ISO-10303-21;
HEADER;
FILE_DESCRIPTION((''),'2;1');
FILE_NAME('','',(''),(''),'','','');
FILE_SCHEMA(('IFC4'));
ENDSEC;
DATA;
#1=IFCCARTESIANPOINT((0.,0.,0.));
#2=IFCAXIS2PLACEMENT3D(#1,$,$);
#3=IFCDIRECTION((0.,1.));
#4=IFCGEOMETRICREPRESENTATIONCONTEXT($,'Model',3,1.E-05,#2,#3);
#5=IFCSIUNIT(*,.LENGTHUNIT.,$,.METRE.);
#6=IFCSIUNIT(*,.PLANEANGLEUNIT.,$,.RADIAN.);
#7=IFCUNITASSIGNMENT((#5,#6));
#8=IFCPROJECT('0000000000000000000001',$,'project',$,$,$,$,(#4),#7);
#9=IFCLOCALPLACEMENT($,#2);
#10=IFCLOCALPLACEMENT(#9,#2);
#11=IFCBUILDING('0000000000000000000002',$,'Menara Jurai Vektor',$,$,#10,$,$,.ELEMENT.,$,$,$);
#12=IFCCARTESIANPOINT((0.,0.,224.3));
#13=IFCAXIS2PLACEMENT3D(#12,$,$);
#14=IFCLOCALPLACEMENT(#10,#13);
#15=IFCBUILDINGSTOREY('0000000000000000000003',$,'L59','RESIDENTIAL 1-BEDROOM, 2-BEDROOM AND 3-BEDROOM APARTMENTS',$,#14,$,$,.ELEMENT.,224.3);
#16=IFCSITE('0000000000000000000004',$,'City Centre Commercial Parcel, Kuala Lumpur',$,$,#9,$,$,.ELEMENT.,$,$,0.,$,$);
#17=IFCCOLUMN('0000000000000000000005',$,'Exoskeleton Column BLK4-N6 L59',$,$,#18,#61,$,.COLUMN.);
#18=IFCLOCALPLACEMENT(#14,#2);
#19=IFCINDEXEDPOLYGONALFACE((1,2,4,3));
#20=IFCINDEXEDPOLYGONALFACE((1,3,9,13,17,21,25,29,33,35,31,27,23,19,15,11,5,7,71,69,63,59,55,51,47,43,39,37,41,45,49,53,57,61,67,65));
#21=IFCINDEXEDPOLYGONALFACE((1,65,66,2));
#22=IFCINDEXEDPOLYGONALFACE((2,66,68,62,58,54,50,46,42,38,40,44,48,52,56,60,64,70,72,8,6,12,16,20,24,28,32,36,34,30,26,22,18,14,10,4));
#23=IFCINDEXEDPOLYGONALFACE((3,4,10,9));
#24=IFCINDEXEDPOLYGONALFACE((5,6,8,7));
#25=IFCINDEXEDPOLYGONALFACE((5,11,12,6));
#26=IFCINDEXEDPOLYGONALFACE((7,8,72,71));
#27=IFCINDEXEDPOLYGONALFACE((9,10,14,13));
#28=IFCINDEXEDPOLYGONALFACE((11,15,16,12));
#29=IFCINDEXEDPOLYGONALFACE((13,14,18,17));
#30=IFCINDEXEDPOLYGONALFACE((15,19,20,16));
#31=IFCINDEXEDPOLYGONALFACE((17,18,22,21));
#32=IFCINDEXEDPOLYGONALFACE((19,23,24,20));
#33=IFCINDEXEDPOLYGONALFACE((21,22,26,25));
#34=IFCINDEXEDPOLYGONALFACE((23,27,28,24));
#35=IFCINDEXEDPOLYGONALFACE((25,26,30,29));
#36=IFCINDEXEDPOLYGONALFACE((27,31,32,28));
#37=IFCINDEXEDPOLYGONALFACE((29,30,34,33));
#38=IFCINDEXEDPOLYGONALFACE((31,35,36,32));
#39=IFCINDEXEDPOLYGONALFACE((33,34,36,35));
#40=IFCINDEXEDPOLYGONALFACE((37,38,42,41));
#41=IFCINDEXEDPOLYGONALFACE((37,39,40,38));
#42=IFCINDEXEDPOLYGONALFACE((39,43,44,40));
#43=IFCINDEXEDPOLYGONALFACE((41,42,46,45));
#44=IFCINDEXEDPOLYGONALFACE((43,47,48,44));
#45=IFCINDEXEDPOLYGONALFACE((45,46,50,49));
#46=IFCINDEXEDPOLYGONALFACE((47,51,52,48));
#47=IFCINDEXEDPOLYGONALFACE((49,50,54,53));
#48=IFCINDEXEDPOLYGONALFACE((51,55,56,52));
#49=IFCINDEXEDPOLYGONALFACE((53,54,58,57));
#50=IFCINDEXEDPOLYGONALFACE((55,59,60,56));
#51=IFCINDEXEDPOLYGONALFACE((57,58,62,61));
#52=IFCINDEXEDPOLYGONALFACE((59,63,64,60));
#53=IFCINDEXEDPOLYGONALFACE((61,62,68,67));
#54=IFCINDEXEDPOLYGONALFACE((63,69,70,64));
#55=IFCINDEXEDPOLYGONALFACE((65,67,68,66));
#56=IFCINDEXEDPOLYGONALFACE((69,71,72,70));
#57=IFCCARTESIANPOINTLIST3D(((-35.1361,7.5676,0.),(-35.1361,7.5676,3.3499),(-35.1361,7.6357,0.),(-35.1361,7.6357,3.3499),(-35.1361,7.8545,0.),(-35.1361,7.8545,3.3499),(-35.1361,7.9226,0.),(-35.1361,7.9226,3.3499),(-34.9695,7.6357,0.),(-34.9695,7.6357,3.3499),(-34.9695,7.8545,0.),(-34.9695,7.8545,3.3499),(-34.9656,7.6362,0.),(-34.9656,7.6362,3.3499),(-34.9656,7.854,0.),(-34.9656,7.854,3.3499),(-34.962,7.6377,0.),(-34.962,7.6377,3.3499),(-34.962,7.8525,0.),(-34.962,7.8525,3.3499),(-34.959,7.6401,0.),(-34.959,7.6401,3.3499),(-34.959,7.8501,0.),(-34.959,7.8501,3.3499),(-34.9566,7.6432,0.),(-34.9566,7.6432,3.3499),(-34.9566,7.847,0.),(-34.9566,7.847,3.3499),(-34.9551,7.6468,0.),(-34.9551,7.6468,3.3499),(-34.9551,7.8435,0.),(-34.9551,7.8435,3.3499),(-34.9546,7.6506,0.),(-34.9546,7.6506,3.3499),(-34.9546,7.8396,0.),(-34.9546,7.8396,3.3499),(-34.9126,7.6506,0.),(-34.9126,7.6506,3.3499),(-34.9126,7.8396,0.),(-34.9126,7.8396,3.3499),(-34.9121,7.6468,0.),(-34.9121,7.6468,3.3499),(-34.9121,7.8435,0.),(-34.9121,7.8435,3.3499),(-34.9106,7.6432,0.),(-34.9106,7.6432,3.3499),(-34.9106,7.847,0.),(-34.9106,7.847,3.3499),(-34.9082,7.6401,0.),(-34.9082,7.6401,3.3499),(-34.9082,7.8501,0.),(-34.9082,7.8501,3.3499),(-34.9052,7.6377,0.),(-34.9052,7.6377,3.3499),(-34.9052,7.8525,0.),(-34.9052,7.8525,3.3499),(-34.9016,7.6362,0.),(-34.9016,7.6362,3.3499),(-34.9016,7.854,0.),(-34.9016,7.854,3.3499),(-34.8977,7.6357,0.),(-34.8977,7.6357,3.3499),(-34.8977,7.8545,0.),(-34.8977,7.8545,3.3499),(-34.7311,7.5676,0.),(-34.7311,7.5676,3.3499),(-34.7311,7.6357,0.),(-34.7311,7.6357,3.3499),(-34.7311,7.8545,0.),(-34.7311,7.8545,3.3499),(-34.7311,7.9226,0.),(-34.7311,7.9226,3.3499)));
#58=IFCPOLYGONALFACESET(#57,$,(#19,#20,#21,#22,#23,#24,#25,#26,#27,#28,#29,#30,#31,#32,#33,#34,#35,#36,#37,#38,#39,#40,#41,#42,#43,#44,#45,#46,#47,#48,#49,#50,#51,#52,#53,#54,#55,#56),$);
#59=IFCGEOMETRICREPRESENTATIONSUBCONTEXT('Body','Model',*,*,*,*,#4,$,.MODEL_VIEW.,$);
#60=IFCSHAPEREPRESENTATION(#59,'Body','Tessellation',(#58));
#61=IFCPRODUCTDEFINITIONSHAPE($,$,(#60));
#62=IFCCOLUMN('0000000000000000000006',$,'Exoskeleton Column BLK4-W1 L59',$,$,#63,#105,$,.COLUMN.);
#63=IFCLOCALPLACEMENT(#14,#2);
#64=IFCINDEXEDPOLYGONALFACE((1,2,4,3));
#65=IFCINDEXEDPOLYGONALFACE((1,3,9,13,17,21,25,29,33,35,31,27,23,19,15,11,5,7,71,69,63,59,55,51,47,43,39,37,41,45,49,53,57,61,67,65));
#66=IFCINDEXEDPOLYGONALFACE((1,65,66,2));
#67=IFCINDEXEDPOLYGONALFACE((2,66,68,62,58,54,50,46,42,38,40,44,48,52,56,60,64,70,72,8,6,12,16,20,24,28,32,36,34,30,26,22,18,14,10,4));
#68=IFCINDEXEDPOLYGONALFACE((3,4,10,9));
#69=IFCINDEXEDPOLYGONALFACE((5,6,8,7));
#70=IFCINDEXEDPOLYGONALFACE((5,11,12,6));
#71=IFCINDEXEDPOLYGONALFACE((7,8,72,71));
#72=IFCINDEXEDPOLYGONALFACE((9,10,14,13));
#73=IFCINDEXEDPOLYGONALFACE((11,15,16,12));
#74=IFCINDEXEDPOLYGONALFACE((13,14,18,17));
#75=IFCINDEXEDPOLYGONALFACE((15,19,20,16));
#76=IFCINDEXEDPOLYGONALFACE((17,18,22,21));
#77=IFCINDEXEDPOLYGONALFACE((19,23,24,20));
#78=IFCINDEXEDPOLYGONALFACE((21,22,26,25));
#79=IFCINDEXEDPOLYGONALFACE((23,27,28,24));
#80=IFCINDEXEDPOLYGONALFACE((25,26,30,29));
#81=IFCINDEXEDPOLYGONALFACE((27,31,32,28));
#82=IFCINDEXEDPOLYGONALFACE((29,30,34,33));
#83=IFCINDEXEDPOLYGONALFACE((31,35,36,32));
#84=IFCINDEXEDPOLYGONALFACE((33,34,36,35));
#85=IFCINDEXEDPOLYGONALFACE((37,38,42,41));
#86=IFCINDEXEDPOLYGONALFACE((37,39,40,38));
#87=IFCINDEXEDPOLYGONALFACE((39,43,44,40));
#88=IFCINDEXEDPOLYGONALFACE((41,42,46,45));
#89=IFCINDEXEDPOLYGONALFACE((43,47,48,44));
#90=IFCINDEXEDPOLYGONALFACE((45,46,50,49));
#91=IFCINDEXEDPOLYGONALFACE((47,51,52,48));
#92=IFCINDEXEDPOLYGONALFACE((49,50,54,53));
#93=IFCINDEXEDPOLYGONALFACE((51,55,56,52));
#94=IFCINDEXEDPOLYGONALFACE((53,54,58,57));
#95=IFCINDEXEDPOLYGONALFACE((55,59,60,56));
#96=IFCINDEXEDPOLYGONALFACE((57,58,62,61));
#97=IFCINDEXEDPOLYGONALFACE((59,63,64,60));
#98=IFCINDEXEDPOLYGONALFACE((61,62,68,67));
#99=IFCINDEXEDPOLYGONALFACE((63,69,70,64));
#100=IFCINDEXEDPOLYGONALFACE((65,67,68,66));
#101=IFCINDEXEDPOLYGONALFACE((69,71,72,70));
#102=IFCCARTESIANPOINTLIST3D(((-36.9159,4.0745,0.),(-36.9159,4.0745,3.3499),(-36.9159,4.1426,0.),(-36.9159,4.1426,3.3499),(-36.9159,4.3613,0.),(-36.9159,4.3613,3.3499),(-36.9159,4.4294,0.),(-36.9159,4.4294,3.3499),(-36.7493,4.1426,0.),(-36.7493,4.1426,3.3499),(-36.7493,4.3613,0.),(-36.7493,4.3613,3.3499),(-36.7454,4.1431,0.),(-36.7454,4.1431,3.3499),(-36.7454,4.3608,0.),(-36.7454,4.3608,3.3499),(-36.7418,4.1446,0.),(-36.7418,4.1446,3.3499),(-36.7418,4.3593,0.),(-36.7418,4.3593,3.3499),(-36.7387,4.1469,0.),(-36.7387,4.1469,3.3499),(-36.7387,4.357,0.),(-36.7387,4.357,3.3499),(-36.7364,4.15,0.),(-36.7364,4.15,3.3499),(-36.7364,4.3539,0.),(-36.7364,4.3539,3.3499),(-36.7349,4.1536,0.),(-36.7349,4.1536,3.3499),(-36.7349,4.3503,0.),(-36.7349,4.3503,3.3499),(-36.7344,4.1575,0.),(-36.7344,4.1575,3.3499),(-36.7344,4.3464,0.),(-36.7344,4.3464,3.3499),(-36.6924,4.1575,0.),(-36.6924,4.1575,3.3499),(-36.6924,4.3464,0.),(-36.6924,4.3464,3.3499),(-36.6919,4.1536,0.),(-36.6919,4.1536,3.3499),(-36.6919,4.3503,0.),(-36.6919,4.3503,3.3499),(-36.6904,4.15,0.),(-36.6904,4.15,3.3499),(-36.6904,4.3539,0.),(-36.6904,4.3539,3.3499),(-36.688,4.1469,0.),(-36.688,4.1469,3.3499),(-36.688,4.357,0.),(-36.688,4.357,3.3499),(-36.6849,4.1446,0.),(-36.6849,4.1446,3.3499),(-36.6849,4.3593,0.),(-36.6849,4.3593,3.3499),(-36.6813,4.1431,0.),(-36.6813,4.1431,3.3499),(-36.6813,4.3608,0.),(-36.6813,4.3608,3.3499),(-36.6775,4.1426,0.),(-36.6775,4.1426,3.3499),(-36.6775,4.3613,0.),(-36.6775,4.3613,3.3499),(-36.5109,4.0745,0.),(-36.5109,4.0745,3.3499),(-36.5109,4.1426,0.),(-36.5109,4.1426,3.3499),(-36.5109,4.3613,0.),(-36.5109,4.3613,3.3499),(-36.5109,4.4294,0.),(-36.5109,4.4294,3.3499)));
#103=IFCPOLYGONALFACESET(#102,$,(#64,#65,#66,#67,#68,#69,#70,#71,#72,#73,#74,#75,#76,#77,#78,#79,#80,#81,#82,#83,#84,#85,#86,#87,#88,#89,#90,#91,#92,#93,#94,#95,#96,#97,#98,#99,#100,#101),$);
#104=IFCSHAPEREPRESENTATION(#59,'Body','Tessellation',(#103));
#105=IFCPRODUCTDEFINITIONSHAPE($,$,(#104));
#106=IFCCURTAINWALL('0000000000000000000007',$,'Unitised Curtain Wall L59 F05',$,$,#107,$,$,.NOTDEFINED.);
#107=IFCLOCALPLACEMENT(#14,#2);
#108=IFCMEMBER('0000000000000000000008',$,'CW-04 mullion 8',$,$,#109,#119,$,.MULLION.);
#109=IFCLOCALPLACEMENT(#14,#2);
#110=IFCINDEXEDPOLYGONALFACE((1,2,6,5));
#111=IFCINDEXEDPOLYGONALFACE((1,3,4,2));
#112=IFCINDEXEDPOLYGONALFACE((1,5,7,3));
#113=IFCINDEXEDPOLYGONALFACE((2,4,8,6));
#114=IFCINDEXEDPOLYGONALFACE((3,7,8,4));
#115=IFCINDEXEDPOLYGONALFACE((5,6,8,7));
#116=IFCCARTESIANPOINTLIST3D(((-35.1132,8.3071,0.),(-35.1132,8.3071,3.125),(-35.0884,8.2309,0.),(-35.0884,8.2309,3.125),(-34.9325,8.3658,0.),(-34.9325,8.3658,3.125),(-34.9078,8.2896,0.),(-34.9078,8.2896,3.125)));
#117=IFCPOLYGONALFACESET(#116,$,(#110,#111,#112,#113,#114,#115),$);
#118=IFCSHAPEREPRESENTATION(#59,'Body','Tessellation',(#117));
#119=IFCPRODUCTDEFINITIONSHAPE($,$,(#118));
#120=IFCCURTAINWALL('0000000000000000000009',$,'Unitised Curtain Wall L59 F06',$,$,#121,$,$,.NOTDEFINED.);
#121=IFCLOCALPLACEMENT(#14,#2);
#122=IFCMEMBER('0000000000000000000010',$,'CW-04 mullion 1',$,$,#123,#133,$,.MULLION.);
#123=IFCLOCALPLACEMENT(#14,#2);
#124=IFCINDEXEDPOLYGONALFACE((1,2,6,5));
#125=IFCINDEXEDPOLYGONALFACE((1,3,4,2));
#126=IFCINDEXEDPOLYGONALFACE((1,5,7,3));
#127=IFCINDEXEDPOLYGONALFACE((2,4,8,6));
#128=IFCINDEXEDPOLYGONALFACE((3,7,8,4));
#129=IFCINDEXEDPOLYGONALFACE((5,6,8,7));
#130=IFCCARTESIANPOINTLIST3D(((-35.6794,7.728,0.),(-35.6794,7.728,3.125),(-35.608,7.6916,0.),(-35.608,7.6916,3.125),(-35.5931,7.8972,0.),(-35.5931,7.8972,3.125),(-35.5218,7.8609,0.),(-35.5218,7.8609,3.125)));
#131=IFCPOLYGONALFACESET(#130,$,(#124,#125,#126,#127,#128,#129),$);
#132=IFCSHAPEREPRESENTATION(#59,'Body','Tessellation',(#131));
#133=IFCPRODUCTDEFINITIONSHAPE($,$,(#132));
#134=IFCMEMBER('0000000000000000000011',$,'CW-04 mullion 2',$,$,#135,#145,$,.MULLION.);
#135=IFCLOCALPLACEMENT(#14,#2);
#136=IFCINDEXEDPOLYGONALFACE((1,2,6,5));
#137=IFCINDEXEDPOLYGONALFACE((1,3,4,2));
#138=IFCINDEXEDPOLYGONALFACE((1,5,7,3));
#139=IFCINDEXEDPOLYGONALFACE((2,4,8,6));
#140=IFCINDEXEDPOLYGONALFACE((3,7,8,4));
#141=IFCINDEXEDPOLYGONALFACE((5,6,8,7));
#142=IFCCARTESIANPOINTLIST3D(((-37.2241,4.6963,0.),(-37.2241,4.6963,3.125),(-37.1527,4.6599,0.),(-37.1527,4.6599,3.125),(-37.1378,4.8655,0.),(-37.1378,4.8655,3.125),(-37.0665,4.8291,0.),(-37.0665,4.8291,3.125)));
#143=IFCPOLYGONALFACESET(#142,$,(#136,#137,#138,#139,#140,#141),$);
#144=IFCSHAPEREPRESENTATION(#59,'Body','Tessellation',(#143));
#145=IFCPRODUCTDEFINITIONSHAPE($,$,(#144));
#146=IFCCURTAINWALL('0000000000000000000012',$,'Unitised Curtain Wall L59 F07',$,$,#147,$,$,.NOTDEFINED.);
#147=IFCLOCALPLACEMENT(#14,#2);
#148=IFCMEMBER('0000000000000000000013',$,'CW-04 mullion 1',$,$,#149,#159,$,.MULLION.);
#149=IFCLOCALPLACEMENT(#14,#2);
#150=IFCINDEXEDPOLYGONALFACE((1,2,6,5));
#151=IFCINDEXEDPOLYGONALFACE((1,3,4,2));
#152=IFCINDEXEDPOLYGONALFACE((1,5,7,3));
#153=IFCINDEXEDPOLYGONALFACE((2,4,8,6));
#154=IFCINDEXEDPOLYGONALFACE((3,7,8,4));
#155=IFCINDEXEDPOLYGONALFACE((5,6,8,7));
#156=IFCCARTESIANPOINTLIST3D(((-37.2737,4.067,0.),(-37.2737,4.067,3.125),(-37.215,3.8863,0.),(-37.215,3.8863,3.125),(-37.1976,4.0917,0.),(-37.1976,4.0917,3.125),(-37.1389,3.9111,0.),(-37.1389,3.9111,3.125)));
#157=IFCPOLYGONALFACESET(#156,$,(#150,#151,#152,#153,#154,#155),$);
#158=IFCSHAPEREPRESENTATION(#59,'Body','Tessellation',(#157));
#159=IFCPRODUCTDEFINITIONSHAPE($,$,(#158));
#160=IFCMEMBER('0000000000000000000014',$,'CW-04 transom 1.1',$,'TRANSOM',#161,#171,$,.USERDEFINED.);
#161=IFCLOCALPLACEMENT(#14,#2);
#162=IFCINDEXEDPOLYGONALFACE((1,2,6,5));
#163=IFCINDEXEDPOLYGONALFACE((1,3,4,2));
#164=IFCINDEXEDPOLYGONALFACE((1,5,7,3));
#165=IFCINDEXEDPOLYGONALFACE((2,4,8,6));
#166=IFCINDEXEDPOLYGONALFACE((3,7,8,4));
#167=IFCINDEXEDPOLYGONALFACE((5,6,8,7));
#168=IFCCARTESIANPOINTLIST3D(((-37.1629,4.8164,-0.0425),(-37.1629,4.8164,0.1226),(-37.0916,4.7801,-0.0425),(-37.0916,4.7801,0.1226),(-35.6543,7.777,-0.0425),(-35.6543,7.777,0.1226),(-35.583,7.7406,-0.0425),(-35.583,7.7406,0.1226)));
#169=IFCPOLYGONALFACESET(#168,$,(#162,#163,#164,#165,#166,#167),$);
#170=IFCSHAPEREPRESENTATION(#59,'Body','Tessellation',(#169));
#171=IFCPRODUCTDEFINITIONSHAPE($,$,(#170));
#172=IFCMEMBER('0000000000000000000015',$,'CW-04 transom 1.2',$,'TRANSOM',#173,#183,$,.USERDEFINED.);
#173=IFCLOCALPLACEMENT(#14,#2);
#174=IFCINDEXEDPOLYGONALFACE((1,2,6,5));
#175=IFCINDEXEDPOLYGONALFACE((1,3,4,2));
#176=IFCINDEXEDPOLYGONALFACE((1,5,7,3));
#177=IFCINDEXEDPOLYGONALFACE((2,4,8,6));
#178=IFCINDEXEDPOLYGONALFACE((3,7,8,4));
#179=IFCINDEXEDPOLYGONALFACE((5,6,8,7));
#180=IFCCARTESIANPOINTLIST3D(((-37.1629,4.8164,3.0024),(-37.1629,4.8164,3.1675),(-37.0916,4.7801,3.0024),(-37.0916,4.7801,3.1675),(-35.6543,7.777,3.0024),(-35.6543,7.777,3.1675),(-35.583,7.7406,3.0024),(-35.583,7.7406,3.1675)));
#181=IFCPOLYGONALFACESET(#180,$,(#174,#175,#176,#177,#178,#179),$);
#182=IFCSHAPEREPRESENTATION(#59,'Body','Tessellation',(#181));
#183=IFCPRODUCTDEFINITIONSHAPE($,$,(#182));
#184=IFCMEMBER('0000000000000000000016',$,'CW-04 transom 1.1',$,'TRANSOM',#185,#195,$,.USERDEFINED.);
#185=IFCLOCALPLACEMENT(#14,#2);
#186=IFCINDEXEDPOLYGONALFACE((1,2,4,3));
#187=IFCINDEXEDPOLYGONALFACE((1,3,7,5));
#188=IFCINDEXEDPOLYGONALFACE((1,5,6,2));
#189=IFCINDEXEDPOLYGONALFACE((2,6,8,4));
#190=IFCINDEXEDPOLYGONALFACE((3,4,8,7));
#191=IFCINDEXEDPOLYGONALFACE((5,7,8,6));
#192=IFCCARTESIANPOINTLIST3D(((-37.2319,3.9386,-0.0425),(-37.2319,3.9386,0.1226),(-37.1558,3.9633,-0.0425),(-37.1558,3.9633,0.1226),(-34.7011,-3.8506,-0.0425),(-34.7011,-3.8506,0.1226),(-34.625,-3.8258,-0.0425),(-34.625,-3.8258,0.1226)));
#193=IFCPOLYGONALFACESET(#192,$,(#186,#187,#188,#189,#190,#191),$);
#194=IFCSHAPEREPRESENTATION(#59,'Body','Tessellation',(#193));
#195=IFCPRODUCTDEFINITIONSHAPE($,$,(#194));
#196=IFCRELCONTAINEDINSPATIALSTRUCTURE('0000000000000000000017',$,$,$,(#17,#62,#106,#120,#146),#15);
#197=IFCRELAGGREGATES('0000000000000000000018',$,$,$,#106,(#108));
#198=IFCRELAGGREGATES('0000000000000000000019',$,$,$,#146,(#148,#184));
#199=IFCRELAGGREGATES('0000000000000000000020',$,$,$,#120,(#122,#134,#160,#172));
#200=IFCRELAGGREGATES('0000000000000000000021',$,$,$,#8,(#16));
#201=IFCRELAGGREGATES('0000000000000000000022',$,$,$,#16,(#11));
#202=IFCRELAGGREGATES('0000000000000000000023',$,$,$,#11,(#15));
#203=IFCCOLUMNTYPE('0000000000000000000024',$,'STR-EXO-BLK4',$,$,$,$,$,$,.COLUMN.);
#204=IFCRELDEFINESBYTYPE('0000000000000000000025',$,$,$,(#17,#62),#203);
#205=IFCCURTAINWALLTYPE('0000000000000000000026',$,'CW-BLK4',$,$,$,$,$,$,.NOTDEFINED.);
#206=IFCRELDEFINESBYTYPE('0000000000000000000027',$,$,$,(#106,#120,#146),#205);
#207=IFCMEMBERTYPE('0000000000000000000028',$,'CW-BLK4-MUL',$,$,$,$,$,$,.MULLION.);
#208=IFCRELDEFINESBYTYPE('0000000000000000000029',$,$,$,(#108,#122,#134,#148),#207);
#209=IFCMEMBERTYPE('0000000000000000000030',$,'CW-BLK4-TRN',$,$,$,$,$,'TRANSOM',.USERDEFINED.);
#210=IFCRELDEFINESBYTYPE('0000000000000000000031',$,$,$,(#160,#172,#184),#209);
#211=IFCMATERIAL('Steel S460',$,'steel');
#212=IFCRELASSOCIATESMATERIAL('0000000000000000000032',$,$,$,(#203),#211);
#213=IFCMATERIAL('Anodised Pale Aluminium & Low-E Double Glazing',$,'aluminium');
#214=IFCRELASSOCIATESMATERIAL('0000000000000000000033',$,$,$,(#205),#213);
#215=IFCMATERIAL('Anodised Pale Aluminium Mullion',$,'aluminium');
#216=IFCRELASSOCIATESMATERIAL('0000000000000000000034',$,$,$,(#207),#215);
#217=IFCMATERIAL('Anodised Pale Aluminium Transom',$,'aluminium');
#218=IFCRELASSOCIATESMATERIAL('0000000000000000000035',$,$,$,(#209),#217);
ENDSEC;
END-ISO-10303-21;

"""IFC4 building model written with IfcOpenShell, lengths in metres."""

from ifc_helpers import new_model, si_unit, direction, frame, origin, origin_2d, place, context, subcontext, project, spatial, rectangle, i_section, extrude, material, material_profile, profile_set, type_object, element, aggregate, save


model = new_model("IFC4")

# Units and contexts
model_context = context("Model", 3, precision=1e-05, world=origin(), true_north=direction((0.0, 1.0)))
body_context = subcontext(model_context, "Body", "Model", "MODEL_VIEW")
ifc_project = project(units=[si_unit("LENGTHUNIT", "METRE"), si_unit("PLANEANGLEUNIT", "RADIAN")], contexts=[model_context])

# Site, building, storey
site_placement = place(None, origin())
site = spatial("IfcSite", under=ifc_project, at=site_placement, Name="City Centre Commercial Parcel, Kuala Lumpur", CompositionType="ELEMENT", RefElevation=0.0)
building_placement = place(site_placement, origin())
building = spatial("IfcBuilding", under=site, at=building_placement, Name="Menara Jurai Vektor", CompositionType="ELEMENT")
storey_placement = place(building_placement, frame((0.0, 0.0, 224.3)))
storey = spatial("IfcBuildingStorey", under=building, at=storey_placement, Name="L59", Description="RESIDENTIAL 1-BEDROOM, 2-BEDROOM AND 3-BEDROOM APARTMENTS", CompositionType="ELEMENT", Elevation=224.3)

# Columns
ifc_material_1 = material(Name="Steel S460", Category="steel")
ifc_material_profile_1 = material_profile(ifc_material_1, i_section(OverallWidth=0.405, OverallDepth=0.355, WebThickness=0.042, FlangeThickness=0.0681, FilletRadius=0.0149, at=origin_2d()), Name="HD 400x551")
ifc_profile_set_1 = profile_set([ifc_material_profile_1], Name="Steel S460")
column_type = type_object("IfcColumnType", Name="STR-EXO-BLK4", PredefinedType="COLUMN", material=ifc_profile_set_1)
for number, where, z_axis, x_axis, name in (
    (1, (-34.9336, 7.7451, 0.0), (0.0, 0.0, 1.0), (1.0, 0.0, 0.0), "Exoskeleton Column BLK4-N6 L59"),
    (2, (-36.7134, 4.252, 0.0), (0.0, 0.0, 1.0), (1.0, 0.0, 0.0), "Exoskeleton Column BLK4-W1 L59"),
):
    element("IfcColumn", number, at=place(storey_placement, frame(where, z_axis=z_axis, x_axis=x_axis)), inside=storey, type_object=column_type, Name=name, PredefinedType="COLUMN", context=body_context, shape_type="SweptSolid", body=[
        extrude(i_section(OverallWidth=0.405, OverallDepth=0.355, WebThickness=0.042, FlangeThickness=0.0681, FilletRadius=0.0149, at=origin_2d()), origin(), (0.0, 0.0, 1.0), 3.3499),
    ])

# Curtain wall, member
ifc_material_2 = material(Name="Anodised Pale Aluminium & Low-E Double Glazing", Category="aluminium")
curtain_wall_type = type_object("IfcCurtainWallType", Name="CW-BLK4", PredefinedType="NOTDEFINED", material=ifc_material_2)
curtain_wall_1_placement = place(storey_placement, origin())
curtain_wall_1 = element("IfcCurtainWall", 3, at=curtain_wall_1_placement, inside=storey, type_object=curtain_wall_type, Name="Unitised Curtain Wall L59 F05", PredefinedType="NOTDEFINED")
ifc_material_3 = material(Name="Anodised Pale Aluminium Mullion", Category="aluminium")
ifc_material_profile_2 = material_profile(ifc_material_3, rectangle(XDim=0.0801, YDim=0.1899, at=origin_2d()), Name="ALU MUL 80x190")
ifc_profile_set_2 = profile_set([ifc_material_profile_2], Name="Anodised Pale Aluminium Mullion")
member_type_1 = type_object("IfcMemberType", Name="CW-BLK4-MUL", PredefinedType="MULLION", material=ifc_profile_set_2)
member_1_placement = place(storey_placement, frame((-35.0105, 8.2983, 0.0), z_axis=(0.0, 0.0, 1.0), x_axis=(0.309017, -0.951056, 0.0)))
member_1 = element("IfcMember", 4, at=member_1_placement, type_object=member_type_1, Name="CW-04 mullion 8", PredefinedType="MULLION", context=body_context, shape_type="SweptSolid", body=[
    extrude(rectangle(XDim=0.0801, YDim=0.1899, at=origin_2d()), origin(), (0.0, 0.0, 1.0), 3.125),
])

# Curtain wall, members
curtain_wall_2_placement = place(storey_placement, origin())
curtain_wall_2 = element("IfcCurtainWall", 5, at=curtain_wall_2_placement, inside=storey, type_object=curtain_wall_type, Name="Unitised Curtain Wall L59 F06", PredefinedType="NOTDEFINED")
member_2_placement = place(storey_placement, frame((-35.6006, 7.7944, 0.0), z_axis=(0.0, 0.0, 1.0), x_axis=(0.891008, -0.453989, 0.0)))
member_2 = element("IfcMember", 6, at=member_2_placement, type_object=member_type_1, Name="CW-04 mullion 1", PredefinedType="MULLION", context=body_context, shape_type="SweptSolid", body=[
    extrude(rectangle(XDim=0.0801, YDim=0.1899, at=origin_2d()), origin(), (0.0, 0.0, 1.0), 3.125),
])
member_3_placement = place(storey_placement, frame((-37.1453, 4.7627, 0.0), z_axis=(0.0, 0.0, 1.0), x_axis=(0.891008, -0.453989, 0.0)))
member_3 = element("IfcMember", 7, at=member_3_placement, type_object=member_type_1, Name="CW-04 mullion 2", PredefinedType="MULLION", context=body_context, shape_type="SweptSolid", body=[
    extrude(rectangle(XDim=0.0801, YDim=0.1899, at=origin_2d()), origin(), (0.0, 0.0, 1.0), 3.125),
])

# Curtain wall, member
curtain_wall_3_placement = place(storey_placement, origin())
curtain_wall_3 = element("IfcCurtainWall", 8, at=curtain_wall_3_placement, inside=storey, type_object=curtain_wall_type, Name="Unitised Curtain Wall L59 F07", PredefinedType="NOTDEFINED")
member_4_placement = place(storey_placement, frame((-37.2063, 3.989, 0.0), z_axis=(0.0, 0.0, 1.0), x_axis=(0.951057, 0.309016, 0.0)))
member_4 = element("IfcMember", 9, at=member_4_placement, type_object=member_type_1, Name="CW-04 mullion 1", PredefinedType="MULLION", context=body_context, shape_type="SweptSolid", body=[
    extrude(rectangle(XDim=0.0801, YDim=0.1899, at=origin_2d()), origin(), (0.0, 0.0, 1.0), 3.125),
])

# Members
ifc_material_4 = material(Name="Anodised Pale Aluminium Transom", Category="aluminium")
ifc_material_profile_3 = material_profile(ifc_material_4, rectangle(XDim=0.0801, YDim=0.165, at=origin_2d()), Name="ALU TRN 80x165")
ifc_profile_set_3 = profile_set([ifc_material_profile_3], Name="Anodised Pale Aluminium Transom")
member_type_2 = type_object("IfcMemberType", Name="CW-BLK4-TRN", ElementType="TRANSOM", PredefinedType="USERDEFINED", material=ifc_profile_set_3)
member_5_placement = place(storey_placement, frame((-35.6187, 7.7588, 0.04), z_axis=(-0.454019, -0.890992, 0.0), x_axis=(0.890992, -0.454019, 0.0)))
member_5 = element("IfcMember", 10, at=member_5_placement, type_object=member_type_2, Name="CW-04 transom 1.1", ObjectType="TRANSOM", PredefinedType="USERDEFINED", context=body_context, shape_type="SweptSolid", body=[
    extrude(rectangle(XDim=0.0801, YDim=0.165, at=origin_2d()), origin(), (0.0, 0.0, 1.0), 3.3228),
])
member_6_placement = place(storey_placement, frame((-35.6187, 7.7588, 3.085), z_axis=(-0.454019, -0.890992, 0.0), x_axis=(0.890992, -0.454019, 0.0)))
member_6 = element("IfcMember", 11, at=member_6_placement, type_object=member_type_2, Name="CW-04 transom 1.2", ObjectType="TRANSOM", PredefinedType="USERDEFINED", context=body_context, shape_type="SweptSolid", body=[
    extrude(rectangle(XDim=0.0801, YDim=0.165, at=origin_2d()), origin(), (0.0, 0.0, 1.0), 3.3228),
])
member_7_placement = place(storey_placement, frame((-37.1938, 3.9509, 0.04), z_axis=(0.309011, -0.951059, 0.0), x_axis=(0.951059, 0.309011, 0.0)))
member_7 = element("IfcMember", 12, at=member_7_placement, type_object=member_type_2, Name="CW-04 transom 1.1", ObjectType="TRANSOM", PredefinedType="USERDEFINED", context=body_context, shape_type="SweptSolid", body=[
    extrude(rectangle(XDim=0.0801, YDim=0.165, at=origin_2d()), origin(), (0.0, 0.0, 1.0), 8.1899),
])

aggregate(curtain_wall_1, [member_1])
aggregate(curtain_wall_3, [member_4, member_7])
aggregate(curtain_wall_2, [member_2, member_3, member_5, member_6])

save(model, "model.ifc")
